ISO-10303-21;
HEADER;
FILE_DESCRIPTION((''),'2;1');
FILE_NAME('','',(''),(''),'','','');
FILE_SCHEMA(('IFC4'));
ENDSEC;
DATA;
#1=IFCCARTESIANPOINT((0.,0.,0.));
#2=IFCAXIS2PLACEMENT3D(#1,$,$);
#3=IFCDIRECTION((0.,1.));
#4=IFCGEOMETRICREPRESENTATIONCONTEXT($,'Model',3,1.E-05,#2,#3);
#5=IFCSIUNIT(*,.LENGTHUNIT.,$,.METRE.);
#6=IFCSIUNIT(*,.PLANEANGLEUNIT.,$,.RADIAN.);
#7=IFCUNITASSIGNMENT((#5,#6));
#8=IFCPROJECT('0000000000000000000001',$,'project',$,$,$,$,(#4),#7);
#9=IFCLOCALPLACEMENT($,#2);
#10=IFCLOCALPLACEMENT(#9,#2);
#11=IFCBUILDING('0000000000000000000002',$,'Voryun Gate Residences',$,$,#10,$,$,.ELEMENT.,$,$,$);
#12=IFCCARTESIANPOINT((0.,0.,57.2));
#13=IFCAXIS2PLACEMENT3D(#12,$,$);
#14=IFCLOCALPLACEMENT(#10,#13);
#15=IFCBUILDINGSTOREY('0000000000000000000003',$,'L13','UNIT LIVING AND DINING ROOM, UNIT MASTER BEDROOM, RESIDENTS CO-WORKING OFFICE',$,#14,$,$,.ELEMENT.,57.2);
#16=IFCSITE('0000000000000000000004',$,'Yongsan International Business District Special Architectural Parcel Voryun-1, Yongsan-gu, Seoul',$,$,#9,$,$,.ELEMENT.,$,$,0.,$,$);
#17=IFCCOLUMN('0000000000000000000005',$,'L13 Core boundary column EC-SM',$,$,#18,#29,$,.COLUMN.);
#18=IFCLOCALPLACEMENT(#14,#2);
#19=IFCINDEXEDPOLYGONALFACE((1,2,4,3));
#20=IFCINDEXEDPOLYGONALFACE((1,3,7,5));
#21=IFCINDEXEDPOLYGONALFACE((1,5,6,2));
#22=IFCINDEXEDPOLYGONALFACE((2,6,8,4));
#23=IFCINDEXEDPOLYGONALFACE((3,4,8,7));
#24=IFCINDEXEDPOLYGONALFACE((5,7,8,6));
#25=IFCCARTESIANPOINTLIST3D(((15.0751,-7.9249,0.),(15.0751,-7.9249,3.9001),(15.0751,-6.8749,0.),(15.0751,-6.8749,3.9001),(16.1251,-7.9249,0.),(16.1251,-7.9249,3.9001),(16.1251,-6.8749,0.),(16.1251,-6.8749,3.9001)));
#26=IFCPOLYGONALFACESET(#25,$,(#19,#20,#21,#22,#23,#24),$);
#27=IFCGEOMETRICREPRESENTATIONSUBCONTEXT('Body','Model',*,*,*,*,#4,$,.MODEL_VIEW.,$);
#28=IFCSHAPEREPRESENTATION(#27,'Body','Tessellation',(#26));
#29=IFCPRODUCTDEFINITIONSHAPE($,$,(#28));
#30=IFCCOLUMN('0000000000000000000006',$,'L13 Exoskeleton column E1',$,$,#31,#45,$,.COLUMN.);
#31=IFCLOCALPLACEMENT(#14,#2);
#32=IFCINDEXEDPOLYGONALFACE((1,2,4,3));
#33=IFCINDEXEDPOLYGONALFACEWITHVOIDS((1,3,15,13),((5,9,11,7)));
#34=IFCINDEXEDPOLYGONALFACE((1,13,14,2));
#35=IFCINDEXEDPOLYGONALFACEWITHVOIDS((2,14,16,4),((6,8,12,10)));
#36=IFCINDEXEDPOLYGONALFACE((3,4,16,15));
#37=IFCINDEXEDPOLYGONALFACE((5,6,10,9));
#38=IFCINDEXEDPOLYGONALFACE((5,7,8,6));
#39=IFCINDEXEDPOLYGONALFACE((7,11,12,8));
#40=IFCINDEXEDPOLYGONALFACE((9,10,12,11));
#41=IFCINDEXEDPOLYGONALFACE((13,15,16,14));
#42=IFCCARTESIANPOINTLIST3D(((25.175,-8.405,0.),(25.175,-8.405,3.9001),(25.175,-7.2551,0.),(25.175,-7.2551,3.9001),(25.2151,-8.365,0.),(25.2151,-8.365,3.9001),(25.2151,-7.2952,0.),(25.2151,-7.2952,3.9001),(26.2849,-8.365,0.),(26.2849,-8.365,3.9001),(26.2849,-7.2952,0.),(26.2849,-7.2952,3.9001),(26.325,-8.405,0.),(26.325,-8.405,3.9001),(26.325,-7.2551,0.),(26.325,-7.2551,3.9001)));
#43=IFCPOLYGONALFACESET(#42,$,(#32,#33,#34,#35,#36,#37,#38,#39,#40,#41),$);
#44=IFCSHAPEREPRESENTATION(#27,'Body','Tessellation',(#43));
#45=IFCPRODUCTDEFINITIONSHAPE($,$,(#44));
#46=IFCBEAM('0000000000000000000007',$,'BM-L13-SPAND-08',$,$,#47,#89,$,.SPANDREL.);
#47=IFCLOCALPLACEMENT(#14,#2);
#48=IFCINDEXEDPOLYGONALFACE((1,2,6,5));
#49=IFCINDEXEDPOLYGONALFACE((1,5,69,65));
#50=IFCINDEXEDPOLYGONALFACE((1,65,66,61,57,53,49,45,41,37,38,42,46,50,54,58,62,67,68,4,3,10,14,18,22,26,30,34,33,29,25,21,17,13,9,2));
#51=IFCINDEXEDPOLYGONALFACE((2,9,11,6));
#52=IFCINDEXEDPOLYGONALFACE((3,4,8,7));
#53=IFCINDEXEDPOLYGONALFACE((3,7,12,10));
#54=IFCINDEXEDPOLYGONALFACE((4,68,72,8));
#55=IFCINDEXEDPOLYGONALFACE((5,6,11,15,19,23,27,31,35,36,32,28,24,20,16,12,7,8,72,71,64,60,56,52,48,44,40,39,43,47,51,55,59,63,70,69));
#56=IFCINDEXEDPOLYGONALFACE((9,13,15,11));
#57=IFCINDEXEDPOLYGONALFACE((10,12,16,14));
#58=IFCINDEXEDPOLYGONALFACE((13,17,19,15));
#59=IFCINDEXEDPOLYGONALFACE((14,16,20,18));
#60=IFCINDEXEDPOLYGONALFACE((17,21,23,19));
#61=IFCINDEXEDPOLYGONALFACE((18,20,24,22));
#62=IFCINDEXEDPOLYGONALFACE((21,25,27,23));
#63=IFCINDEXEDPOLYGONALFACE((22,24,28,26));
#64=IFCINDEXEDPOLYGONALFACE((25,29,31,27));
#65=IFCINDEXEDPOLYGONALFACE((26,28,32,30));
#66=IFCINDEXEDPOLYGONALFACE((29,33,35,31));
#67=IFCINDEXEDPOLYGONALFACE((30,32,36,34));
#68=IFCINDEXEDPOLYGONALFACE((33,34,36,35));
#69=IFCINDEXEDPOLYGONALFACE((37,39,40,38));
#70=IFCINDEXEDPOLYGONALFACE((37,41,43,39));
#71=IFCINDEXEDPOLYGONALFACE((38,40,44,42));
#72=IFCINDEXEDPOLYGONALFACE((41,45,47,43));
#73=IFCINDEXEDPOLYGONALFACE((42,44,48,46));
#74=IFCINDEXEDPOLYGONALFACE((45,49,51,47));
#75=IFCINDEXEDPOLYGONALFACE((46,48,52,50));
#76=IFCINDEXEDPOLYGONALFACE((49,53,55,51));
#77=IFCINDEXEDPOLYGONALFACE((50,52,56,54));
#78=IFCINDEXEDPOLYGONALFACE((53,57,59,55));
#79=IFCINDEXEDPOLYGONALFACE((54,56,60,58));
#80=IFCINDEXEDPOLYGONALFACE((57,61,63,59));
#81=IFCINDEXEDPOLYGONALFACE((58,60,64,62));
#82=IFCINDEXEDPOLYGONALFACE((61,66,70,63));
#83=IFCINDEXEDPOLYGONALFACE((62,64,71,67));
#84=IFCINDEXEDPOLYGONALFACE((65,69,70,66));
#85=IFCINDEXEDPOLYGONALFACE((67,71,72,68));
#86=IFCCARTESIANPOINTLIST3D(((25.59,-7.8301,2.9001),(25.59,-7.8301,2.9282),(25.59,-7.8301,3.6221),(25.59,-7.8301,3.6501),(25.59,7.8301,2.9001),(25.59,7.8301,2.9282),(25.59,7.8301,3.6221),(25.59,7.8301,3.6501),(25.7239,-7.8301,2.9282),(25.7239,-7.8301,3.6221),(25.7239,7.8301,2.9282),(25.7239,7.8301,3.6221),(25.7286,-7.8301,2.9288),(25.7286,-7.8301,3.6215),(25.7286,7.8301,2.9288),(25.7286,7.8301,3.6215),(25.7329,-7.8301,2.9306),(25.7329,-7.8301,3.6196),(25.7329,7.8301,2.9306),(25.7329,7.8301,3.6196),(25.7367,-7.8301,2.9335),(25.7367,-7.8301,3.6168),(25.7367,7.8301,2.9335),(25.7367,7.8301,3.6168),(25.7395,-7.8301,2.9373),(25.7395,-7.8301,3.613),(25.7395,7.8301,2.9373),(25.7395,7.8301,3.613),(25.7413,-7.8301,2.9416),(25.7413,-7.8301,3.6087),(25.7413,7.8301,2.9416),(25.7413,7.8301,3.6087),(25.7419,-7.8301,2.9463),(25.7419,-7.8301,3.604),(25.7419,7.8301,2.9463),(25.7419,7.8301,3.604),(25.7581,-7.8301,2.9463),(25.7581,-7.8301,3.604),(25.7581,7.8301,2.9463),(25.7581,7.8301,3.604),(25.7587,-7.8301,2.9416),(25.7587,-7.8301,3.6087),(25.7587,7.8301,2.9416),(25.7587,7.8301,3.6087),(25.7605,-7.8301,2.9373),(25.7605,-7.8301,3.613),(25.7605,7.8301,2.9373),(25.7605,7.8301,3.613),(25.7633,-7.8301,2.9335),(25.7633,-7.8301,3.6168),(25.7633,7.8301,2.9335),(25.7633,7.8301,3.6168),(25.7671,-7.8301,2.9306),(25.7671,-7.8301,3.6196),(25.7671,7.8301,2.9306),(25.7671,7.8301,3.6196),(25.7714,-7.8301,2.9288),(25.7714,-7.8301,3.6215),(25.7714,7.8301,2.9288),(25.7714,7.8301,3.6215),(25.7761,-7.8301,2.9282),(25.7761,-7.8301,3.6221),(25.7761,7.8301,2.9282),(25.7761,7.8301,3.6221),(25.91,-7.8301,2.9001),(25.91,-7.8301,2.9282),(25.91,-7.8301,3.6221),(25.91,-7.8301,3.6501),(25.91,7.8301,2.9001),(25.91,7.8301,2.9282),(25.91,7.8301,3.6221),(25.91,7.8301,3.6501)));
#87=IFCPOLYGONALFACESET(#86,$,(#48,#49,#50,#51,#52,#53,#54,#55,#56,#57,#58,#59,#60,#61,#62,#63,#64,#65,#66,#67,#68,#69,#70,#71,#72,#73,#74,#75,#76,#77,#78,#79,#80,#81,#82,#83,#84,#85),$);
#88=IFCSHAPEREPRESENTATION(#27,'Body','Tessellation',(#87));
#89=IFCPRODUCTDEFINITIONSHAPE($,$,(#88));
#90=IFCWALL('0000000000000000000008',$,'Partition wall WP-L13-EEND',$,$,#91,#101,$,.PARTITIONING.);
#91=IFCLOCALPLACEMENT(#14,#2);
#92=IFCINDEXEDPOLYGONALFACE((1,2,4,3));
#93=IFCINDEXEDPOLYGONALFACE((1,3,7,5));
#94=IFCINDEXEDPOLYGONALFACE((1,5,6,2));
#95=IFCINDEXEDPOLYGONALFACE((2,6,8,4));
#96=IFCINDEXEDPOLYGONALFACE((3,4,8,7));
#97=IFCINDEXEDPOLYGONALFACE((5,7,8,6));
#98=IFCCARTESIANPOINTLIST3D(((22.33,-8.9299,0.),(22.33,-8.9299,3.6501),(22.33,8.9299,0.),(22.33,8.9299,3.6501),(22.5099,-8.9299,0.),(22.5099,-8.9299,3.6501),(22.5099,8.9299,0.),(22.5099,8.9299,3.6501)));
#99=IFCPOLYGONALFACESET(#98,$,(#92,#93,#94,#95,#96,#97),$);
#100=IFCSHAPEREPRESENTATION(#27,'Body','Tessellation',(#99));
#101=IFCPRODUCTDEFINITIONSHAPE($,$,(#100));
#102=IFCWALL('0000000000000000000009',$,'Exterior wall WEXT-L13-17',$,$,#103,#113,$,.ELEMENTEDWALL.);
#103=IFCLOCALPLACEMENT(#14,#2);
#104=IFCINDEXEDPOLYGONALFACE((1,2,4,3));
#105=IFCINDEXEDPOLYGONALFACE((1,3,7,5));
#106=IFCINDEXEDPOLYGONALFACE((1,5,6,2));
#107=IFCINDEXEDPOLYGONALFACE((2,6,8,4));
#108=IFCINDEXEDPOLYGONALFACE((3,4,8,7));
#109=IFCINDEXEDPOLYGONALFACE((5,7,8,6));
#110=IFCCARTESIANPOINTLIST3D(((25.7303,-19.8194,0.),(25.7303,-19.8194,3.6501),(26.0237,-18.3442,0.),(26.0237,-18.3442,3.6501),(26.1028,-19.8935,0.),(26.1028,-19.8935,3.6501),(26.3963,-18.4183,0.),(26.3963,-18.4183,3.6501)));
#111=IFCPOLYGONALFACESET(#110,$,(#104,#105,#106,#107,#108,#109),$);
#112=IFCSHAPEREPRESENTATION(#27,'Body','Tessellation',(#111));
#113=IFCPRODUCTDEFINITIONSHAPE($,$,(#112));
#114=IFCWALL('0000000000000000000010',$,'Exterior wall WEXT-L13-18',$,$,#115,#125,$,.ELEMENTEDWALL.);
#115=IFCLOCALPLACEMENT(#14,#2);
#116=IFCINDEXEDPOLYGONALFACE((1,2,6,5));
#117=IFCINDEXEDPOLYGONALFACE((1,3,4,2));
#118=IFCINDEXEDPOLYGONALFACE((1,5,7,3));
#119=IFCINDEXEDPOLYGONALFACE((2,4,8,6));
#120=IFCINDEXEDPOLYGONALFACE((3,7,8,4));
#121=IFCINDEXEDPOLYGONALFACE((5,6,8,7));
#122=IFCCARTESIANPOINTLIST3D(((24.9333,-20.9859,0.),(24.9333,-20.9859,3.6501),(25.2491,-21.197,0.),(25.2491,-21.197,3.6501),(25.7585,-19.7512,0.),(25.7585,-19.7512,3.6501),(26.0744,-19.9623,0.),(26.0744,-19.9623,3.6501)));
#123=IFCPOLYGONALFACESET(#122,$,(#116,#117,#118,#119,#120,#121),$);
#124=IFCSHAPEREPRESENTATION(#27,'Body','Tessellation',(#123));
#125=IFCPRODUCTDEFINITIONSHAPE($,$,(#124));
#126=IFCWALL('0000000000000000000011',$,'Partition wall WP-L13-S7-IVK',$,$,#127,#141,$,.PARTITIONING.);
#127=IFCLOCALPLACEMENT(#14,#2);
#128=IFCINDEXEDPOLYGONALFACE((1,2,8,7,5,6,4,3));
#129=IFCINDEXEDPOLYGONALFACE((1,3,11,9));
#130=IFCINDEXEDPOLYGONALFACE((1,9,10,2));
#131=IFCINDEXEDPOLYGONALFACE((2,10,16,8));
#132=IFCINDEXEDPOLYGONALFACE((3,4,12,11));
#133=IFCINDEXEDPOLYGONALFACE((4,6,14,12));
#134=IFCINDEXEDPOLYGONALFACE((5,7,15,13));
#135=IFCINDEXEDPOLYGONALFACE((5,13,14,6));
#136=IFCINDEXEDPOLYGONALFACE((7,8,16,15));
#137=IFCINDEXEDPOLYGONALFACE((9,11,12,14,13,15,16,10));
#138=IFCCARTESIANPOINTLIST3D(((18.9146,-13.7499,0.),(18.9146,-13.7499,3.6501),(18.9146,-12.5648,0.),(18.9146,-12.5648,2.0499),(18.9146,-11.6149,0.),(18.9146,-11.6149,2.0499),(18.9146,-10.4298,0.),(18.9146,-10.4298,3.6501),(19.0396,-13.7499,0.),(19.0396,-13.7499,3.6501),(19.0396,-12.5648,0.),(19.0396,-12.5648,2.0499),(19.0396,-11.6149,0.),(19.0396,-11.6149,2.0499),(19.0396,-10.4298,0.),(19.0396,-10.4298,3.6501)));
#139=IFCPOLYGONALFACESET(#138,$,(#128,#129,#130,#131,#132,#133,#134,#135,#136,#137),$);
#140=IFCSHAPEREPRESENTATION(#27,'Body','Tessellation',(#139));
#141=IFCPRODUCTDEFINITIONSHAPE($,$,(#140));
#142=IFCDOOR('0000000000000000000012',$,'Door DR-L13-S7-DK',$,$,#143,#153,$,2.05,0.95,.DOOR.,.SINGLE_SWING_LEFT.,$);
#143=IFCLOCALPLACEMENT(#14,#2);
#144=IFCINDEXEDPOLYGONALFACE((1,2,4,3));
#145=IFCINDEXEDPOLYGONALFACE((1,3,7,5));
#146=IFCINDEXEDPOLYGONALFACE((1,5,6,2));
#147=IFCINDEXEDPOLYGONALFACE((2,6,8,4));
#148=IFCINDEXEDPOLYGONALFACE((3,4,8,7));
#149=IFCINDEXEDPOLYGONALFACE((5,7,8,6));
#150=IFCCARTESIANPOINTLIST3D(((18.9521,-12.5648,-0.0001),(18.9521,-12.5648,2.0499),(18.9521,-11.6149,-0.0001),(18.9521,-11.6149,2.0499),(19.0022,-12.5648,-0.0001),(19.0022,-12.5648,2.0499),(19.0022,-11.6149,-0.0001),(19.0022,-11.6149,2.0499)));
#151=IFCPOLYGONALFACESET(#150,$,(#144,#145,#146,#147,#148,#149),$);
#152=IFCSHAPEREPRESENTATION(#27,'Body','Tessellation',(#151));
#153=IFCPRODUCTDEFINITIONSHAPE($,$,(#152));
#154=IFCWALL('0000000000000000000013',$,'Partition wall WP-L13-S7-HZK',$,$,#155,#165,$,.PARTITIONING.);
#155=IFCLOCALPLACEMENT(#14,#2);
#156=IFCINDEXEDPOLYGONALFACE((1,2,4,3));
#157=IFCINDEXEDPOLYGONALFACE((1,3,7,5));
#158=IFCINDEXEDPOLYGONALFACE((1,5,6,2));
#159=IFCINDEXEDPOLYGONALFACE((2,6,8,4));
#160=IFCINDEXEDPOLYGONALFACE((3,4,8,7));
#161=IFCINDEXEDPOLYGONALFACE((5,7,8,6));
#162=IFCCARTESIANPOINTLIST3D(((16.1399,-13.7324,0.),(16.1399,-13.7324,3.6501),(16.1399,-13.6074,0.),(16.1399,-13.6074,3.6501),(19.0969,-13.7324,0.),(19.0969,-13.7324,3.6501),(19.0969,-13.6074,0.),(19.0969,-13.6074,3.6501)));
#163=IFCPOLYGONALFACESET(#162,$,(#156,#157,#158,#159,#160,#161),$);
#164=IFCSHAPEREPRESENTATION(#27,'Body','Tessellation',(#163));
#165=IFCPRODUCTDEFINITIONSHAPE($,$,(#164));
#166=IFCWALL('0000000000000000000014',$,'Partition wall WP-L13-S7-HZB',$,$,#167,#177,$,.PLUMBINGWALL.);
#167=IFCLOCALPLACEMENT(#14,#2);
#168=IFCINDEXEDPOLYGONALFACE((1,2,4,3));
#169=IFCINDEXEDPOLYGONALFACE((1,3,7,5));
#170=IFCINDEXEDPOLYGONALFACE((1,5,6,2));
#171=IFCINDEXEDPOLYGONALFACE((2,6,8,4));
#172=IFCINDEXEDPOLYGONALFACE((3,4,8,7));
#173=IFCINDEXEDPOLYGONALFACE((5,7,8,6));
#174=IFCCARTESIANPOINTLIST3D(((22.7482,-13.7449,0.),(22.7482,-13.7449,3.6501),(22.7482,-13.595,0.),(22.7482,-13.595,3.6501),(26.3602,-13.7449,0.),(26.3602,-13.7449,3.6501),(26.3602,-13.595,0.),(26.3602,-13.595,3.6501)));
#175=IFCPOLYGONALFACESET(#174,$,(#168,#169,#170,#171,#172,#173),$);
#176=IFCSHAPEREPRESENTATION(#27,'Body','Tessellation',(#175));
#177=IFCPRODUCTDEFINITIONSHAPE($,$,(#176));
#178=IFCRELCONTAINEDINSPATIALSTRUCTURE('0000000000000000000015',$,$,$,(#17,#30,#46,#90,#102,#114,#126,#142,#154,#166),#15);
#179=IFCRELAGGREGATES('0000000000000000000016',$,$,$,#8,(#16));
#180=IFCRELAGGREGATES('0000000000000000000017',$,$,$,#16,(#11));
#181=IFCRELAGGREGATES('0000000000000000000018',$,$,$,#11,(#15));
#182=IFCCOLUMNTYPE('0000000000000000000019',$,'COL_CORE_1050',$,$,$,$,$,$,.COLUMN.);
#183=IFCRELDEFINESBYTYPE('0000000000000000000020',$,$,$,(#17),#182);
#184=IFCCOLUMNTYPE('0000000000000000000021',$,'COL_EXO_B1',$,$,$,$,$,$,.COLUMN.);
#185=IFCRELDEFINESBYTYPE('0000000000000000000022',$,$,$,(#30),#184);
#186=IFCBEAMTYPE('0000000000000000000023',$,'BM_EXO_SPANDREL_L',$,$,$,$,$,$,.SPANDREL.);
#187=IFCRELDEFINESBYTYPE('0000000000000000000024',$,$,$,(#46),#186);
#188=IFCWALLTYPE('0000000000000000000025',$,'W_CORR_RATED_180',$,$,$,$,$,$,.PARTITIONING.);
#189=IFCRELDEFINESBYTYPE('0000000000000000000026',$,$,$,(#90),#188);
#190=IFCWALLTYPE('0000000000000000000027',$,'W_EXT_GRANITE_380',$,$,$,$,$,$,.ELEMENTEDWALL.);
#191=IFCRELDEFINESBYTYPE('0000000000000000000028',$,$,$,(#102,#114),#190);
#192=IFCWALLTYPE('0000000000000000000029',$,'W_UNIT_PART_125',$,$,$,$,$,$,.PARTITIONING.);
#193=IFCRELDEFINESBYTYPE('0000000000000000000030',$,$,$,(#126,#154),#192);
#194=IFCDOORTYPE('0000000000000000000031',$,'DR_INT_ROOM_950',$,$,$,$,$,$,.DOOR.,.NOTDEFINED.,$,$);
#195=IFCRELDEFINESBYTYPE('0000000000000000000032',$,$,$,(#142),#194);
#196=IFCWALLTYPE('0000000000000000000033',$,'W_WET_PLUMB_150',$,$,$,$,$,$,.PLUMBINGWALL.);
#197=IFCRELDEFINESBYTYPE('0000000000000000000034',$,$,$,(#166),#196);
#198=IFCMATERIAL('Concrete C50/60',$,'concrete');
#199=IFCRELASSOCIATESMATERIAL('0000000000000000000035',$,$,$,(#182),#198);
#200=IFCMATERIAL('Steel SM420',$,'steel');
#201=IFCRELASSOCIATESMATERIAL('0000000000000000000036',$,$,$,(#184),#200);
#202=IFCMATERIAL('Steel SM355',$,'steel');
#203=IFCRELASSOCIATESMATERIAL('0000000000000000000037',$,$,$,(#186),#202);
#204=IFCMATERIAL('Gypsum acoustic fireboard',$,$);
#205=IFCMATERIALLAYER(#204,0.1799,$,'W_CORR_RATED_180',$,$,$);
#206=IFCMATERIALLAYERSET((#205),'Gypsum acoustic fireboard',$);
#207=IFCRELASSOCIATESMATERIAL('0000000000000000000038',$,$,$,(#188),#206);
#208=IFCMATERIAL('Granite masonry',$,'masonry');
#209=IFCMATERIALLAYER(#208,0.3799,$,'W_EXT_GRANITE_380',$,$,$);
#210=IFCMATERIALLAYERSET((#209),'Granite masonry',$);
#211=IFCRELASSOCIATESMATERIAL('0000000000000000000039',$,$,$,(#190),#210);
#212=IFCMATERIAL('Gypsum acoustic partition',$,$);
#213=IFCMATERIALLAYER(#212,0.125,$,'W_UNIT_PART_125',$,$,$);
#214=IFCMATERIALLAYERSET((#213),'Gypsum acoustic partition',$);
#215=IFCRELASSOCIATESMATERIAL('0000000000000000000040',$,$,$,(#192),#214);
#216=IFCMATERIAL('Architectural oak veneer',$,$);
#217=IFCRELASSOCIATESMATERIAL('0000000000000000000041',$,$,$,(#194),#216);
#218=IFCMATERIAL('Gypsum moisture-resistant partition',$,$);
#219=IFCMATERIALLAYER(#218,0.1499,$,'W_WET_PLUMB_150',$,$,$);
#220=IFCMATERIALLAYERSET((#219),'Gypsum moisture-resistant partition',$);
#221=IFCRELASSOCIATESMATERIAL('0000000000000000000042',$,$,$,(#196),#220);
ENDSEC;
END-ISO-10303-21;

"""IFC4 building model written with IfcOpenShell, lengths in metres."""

from ifc_helpers import new_model, si_unit, direction, frame, frame_2d, origin, origin_2d, place, context, subcontext, project, spatial, rectangle, hollow_rectangle, i_section, extrude, material, layer, layer_set, material_profile, profile_set, type_object, element, fill, save


model = new_model("IFC4")

# Units and contexts
model_context = context("Model", 3, precision=1e-05, world=origin(), true_north=direction((0.0, 1.0)))
body_context = subcontext(model_context, "Body", "Model", "MODEL_VIEW")
ifc_project = project(units=[si_unit("LENGTHUNIT", "METRE"), si_unit("PLANEANGLEUNIT", "RADIAN")], contexts=[model_context])

# Site, building, storey
site_placement = place(None, origin())
site = spatial("IfcSite", under=ifc_project, at=site_placement, Name="Yongsan International Business District Special Architectural Parcel Voryun-1, Yongsan-gu, Seoul", CompositionType="ELEMENT", RefElevation=0.0)
building_placement = place(site_placement, origin())
building = spatial("IfcBuilding", under=site, at=building_placement, Name="Voryun Gate Residences", CompositionType="ELEMENT")
storey_placement = place(building_placement, frame((0.0, 0.0, 57.2)))
storey = spatial("IfcBuildingStorey", under=building, at=storey_placement, Name="L13", Description="UNIT LIVING AND DINING ROOM, UNIT MASTER BEDROOM, RESIDENTS CO-WORKING OFFICE", CompositionType="ELEMENT", Elevation=57.2)

# Columns
ifc_material_1 = material(Name="Concrete C50/60", Category="concrete")
ifc_material_profile_1 = material_profile(ifc_material_1, rectangle(XDim=1.05, YDim=1.05, at=origin_2d()), Name="RC-1050x1050")
ifc_profile_set_1 = profile_set([ifc_material_profile_1], Name="Concrete C50/60")
column_type_1 = type_object("IfcColumnType", Name="COL_CORE_1050", PredefinedType="COLUMN", material=ifc_profile_set_1)
column_1_placement = place(storey_placement, frame((15.6001, -7.3999, 0.0), z_axis=(0.0, 0.0, 1.0), x_axis=(1.0, 0.0, 0.0)))
element("IfcColumn", 1, at=column_1_placement, inside=storey, type_object=column_type_1, Name="L13 Core boundary column EC-SM", PredefinedType="COLUMN", context=body_context, shape_type="SweptSolid", body=[
    extrude(rectangle(XDim=1.05, YDim=1.05, at=origin_2d()), origin(), (0.0, 0.0, 1.0), 3.9001),
])
ifc_material_2 = material(Name="Steel SM420", Category="steel")
ifc_material_profile_2 = material_profile(ifc_material_2, hollow_rectangle(XDim=1.1499, YDim=1.1499, WallThickness=0.04, at=origin_2d()), Name="BOX-1150x1150x40")
ifc_profile_set_2 = profile_set([ifc_material_profile_2], Name="Steel SM420")
column_type_2 = type_object("IfcColumnType", Name="COL_EXO_B1", PredefinedType="COLUMN", material=ifc_profile_set_2)
column_2_placement = place(storey_placement, frame((25.75, -7.8301, 0.0), z_axis=(0.0, 0.0, 1.0), x_axis=(1.0, 0.0, 0.0)))
element("IfcColumn", 2, at=column_2_placement, inside=storey, type_object=column_type_2, Name="L13 Exoskeleton column E1", PredefinedType="COLUMN", context=body_context, shape_type="SweptSolid", body=[
    extrude(hollow_rectangle(XDim=1.1499, YDim=1.1499, WallThickness=0.04, at=origin_2d()), origin(), (0.0, 0.0, 1.0), 3.9001),
])

# Beam
ifc_material_3 = material(Name="Steel SM355", Category="steel")
ifc_material_profile_3 = material_profile(ifc_material_3, i_section(OverallWidth=0.3201, OverallDepth=0.75, WebThickness=0.0161, FlangeThickness=0.0281, FilletRadius=0.0181, at=origin_2d()), Name="H-750x320x16x28")
ifc_profile_set_3 = profile_set([ifc_material_profile_3], Name="Steel SM355")
beam_type = type_object("IfcBeamType", Name="BM_EXO_SPANDREL_L", PredefinedType="SPANDREL", material=ifc_profile_set_3)
beam_placement = place(storey_placement, frame((25.75, -7.8301, 3.2751), z_axis=(0.0, 1.0, 0.0), x_axis=(-1.0, 0.0, 0.0)))
element("IfcBeam", 3, at=beam_placement, inside=storey, type_object=beam_type, Name="BM-L13-SPAND-08", PredefinedType="SPANDREL", context=body_context, shape_type="SweptSolid", body=[
    extrude(i_section(OverallWidth=0.3201, OverallDepth=0.75, WebThickness=0.0161, FlangeThickness=0.0281, FilletRadius=0.0181, at=origin_2d()), origin(), (0.0, 0.0, 1.0), 15.6602),
])

# Walls
ifc_material_4 = material(Name="Gypsum acoustic fireboard")
ifc_layer_1 = layer(ifc_material_4, 0.1799, Name="W_CORR_RATED_180")
ifc_layer_set_1 = layer_set([ifc_layer_1], Name="Gypsum acoustic fireboard")
wall_type_1 = type_object("IfcWallType", Name="W_CORR_RATED_180", PredefinedType="PARTITIONING", material=ifc_layer_set_1)
wall_1_placement = place(storey_placement, frame((22.4199, -8.9299, 0.0), z_axis=(0.0, 0.0, 1.0), x_axis=(0.0, 1.0, 0.0)))
element("IfcWall", 4, at=wall_1_placement, inside=storey, type_object=wall_type_1, Name="Partition wall WP-L13-EEND", PredefinedType="PARTITIONING", context=body_context, shape_type="SweptSolid", body=[
    extrude(rectangle(XDim=17.8599, YDim=0.1799, at=frame_2d((8.9299, 0.0))), origin(), (0.0, 0.0, 1.0), 3.6501),
])
ifc_material_5 = material(Name="Granite masonry", Category="masonry")
ifc_layer_2 = layer(ifc_material_5, 0.3799, Name="W_EXT_GRANITE_380")
ifc_layer_set_2 = layer_set([ifc_layer_2], Name="Granite masonry")
wall_type_2 = type_object("IfcWallType", Name="W_EXT_GRANITE_380", PredefinedType="ELEMENTEDWALL", material=ifc_layer_set_2)
wall_2_placement = place(storey_placement, frame((26.21, -18.3813, 0.0), z_axis=(0.0, 0.0, 1.0), x_axis=(-0.195086, -0.980786, 0.0)))
element("IfcWall", 5, at=wall_2_placement, inside=storey, type_object=wall_type_2, Name="Exterior wall WEXT-L13-17", PredefinedType="ELEMENTEDWALL", context=body_context, shape_type="SweptSolid", body=[
    extrude(rectangle(XDim=1.5042, YDim=0.3799, at=frame_2d((0.752, 0.0))), origin(), (0.0, 0.0, 1.0), 3.6501),
])
wall_3_placement = place(storey_placement, frame((25.9165, -19.8567, 0.0), z_axis=(0.0, 0.0, 1.0), x_axis=(-0.555686, -0.831392, 0.0)))
element("IfcWall", 6, at=wall_3_placement, inside=storey, type_object=wall_type_2, Name="Exterior wall WEXT-L13-18", PredefinedType="ELEMENTEDWALL", context=body_context, shape_type="SweptSolid", body=[
    extrude(rectangle(XDim=1.4851, YDim=0.3799, at=frame_2d((0.7427, 0.0))), origin(), (0.0, 0.0, 1.0), 3.6501),
])

# Wall, opening, door
ifc_material_6 = material(Name="Gypsum acoustic partition")
ifc_layer_3 = layer(ifc_material_6, 0.125, Name="W_UNIT_PART_125")
ifc_layer_set_3 = layer_set([ifc_layer_3], Name="Gypsum acoustic partition")
wall_type_3 = type_object("IfcWallType", Name="W_UNIT_PART_125", PredefinedType="PARTITIONING", material=ifc_layer_set_3)
wall_4_placement = place(storey_placement, frame((18.9771, -13.75, 0.0), z_axis=(0.0, 0.0, 1.0), x_axis=(0.0, 1.0, 0.0)))
wall_4 = element("IfcWall", 7, at=wall_4_placement, inside=storey, type_object=wall_type_3, Name="Partition wall WP-L13-S7-IVK", PredefinedType="PARTITIONING", context=body_context, shape_type="SweptSolid", body=[
    extrude(rectangle(XDim=3.3201, YDim=0.125, at=frame_2d((1.6602, 0.0))), origin(), (0.0, 0.0, 1.0), 3.6501),
])
opening_1_placement = place(wall_4_placement, frame((1.1851, 0.0, 0.0)))
opening_1 = element("IfcOpeningElement", 8, at=opening_1_placement, cuts=wall_4, PredefinedType="OPENING", context=body_context, shape_type="SweptSolid", body=[
    extrude(rectangle(XDim=0.95, YDim=2.05, at=frame_2d((0.4751, 1.0249))), frame((0.0, 0.0725, 0.0), z_axis=(0.0, -1.0, 0.0), x_axis=(1.0, 0.0, 0.0)), (0.0, 0.0, 1.0), 0.145),
])
ifc_material_7 = material(Name="Architectural oak veneer")
door_type_1 = type_object("IfcDoorType", Name="DR_INT_ROOM_950", OperationType="NOTDEFINED", PredefinedType="DOOR", material=ifc_material_7)
door_1_placement = place(opening_1_placement, origin())
door_1 = element("IfcDoor", 9, at=door_1_placement, inside=storey, type_object=door_type_1, Name="Door DR-L13-S7-DK", OperationType="SINGLE_SWING_LEFT", OverallHeight=2.05, OverallWidth=0.95, PredefinedType="DOOR", context=body_context, shape_type="SweptSolid", body=[
    extrude(rectangle(XDim=0.95, YDim=2.05, at=frame_2d((0.4751, 1.0249))), frame((0.0, 0.0249, 0.0), z_axis=(0.0, -1.0, 0.0), x_axis=(1.0, 0.0, 0.0)), (0.0, 0.0, 1.0), 0.05),
])
fill(opening_1, door_1)

# Walls
wall_5_placement = place(storey_placement, frame((16.1399, -13.6699, 0.0), z_axis=(0.0, 0.0, 1.0), x_axis=(1.0, 0.0, 0.0)))
element("IfcWall", 10, at=wall_5_placement, inside=storey, type_object=wall_type_3, Name="Partition wall WP-L13-S7-HZK", PredefinedType="PARTITIONING", context=body_context, shape_type="SweptSolid", body=[
    extrude(rectangle(XDim=2.957, YDim=0.125, at=frame_2d((1.4785, 0.0))), origin(), (0.0, 0.0, 1.0), 3.6501),
])
ifc_material_8 = material(Name="Gypsum moisture-resistant partition")
ifc_layer_4 = layer(ifc_material_8, 0.1499, Name="W_WET_PLUMB_150")
ifc_layer_set_4 = layer_set([ifc_layer_4], Name="Gypsum moisture-resistant partition")
wall_type_4 = type_object("IfcWallType", Name="W_WET_PLUMB_150", PredefinedType="PLUMBINGWALL", material=ifc_layer_set_4)
wall_6_placement = place(storey_placement, frame((22.748, -13.6699, 0.0), z_axis=(0.0, 0.0, 1.0), x_axis=(1.0, 0.0, 0.0)))
element("IfcWall", 11, at=wall_6_placement, inside=storey, type_object=wall_type_4, Name="Partition wall WP-L13-S7-HZB", PredefinedType="PLUMBINGWALL", context=body_context, shape_type="SweptSolid", body=[
    extrude(rectangle(XDim=3.6121, YDim=0.1499, at=frame_2d((1.8062, 0.0))), origin(), (0.0, 0.0, 1.0), 3.6501),
])

save(model, "model.ifc")
